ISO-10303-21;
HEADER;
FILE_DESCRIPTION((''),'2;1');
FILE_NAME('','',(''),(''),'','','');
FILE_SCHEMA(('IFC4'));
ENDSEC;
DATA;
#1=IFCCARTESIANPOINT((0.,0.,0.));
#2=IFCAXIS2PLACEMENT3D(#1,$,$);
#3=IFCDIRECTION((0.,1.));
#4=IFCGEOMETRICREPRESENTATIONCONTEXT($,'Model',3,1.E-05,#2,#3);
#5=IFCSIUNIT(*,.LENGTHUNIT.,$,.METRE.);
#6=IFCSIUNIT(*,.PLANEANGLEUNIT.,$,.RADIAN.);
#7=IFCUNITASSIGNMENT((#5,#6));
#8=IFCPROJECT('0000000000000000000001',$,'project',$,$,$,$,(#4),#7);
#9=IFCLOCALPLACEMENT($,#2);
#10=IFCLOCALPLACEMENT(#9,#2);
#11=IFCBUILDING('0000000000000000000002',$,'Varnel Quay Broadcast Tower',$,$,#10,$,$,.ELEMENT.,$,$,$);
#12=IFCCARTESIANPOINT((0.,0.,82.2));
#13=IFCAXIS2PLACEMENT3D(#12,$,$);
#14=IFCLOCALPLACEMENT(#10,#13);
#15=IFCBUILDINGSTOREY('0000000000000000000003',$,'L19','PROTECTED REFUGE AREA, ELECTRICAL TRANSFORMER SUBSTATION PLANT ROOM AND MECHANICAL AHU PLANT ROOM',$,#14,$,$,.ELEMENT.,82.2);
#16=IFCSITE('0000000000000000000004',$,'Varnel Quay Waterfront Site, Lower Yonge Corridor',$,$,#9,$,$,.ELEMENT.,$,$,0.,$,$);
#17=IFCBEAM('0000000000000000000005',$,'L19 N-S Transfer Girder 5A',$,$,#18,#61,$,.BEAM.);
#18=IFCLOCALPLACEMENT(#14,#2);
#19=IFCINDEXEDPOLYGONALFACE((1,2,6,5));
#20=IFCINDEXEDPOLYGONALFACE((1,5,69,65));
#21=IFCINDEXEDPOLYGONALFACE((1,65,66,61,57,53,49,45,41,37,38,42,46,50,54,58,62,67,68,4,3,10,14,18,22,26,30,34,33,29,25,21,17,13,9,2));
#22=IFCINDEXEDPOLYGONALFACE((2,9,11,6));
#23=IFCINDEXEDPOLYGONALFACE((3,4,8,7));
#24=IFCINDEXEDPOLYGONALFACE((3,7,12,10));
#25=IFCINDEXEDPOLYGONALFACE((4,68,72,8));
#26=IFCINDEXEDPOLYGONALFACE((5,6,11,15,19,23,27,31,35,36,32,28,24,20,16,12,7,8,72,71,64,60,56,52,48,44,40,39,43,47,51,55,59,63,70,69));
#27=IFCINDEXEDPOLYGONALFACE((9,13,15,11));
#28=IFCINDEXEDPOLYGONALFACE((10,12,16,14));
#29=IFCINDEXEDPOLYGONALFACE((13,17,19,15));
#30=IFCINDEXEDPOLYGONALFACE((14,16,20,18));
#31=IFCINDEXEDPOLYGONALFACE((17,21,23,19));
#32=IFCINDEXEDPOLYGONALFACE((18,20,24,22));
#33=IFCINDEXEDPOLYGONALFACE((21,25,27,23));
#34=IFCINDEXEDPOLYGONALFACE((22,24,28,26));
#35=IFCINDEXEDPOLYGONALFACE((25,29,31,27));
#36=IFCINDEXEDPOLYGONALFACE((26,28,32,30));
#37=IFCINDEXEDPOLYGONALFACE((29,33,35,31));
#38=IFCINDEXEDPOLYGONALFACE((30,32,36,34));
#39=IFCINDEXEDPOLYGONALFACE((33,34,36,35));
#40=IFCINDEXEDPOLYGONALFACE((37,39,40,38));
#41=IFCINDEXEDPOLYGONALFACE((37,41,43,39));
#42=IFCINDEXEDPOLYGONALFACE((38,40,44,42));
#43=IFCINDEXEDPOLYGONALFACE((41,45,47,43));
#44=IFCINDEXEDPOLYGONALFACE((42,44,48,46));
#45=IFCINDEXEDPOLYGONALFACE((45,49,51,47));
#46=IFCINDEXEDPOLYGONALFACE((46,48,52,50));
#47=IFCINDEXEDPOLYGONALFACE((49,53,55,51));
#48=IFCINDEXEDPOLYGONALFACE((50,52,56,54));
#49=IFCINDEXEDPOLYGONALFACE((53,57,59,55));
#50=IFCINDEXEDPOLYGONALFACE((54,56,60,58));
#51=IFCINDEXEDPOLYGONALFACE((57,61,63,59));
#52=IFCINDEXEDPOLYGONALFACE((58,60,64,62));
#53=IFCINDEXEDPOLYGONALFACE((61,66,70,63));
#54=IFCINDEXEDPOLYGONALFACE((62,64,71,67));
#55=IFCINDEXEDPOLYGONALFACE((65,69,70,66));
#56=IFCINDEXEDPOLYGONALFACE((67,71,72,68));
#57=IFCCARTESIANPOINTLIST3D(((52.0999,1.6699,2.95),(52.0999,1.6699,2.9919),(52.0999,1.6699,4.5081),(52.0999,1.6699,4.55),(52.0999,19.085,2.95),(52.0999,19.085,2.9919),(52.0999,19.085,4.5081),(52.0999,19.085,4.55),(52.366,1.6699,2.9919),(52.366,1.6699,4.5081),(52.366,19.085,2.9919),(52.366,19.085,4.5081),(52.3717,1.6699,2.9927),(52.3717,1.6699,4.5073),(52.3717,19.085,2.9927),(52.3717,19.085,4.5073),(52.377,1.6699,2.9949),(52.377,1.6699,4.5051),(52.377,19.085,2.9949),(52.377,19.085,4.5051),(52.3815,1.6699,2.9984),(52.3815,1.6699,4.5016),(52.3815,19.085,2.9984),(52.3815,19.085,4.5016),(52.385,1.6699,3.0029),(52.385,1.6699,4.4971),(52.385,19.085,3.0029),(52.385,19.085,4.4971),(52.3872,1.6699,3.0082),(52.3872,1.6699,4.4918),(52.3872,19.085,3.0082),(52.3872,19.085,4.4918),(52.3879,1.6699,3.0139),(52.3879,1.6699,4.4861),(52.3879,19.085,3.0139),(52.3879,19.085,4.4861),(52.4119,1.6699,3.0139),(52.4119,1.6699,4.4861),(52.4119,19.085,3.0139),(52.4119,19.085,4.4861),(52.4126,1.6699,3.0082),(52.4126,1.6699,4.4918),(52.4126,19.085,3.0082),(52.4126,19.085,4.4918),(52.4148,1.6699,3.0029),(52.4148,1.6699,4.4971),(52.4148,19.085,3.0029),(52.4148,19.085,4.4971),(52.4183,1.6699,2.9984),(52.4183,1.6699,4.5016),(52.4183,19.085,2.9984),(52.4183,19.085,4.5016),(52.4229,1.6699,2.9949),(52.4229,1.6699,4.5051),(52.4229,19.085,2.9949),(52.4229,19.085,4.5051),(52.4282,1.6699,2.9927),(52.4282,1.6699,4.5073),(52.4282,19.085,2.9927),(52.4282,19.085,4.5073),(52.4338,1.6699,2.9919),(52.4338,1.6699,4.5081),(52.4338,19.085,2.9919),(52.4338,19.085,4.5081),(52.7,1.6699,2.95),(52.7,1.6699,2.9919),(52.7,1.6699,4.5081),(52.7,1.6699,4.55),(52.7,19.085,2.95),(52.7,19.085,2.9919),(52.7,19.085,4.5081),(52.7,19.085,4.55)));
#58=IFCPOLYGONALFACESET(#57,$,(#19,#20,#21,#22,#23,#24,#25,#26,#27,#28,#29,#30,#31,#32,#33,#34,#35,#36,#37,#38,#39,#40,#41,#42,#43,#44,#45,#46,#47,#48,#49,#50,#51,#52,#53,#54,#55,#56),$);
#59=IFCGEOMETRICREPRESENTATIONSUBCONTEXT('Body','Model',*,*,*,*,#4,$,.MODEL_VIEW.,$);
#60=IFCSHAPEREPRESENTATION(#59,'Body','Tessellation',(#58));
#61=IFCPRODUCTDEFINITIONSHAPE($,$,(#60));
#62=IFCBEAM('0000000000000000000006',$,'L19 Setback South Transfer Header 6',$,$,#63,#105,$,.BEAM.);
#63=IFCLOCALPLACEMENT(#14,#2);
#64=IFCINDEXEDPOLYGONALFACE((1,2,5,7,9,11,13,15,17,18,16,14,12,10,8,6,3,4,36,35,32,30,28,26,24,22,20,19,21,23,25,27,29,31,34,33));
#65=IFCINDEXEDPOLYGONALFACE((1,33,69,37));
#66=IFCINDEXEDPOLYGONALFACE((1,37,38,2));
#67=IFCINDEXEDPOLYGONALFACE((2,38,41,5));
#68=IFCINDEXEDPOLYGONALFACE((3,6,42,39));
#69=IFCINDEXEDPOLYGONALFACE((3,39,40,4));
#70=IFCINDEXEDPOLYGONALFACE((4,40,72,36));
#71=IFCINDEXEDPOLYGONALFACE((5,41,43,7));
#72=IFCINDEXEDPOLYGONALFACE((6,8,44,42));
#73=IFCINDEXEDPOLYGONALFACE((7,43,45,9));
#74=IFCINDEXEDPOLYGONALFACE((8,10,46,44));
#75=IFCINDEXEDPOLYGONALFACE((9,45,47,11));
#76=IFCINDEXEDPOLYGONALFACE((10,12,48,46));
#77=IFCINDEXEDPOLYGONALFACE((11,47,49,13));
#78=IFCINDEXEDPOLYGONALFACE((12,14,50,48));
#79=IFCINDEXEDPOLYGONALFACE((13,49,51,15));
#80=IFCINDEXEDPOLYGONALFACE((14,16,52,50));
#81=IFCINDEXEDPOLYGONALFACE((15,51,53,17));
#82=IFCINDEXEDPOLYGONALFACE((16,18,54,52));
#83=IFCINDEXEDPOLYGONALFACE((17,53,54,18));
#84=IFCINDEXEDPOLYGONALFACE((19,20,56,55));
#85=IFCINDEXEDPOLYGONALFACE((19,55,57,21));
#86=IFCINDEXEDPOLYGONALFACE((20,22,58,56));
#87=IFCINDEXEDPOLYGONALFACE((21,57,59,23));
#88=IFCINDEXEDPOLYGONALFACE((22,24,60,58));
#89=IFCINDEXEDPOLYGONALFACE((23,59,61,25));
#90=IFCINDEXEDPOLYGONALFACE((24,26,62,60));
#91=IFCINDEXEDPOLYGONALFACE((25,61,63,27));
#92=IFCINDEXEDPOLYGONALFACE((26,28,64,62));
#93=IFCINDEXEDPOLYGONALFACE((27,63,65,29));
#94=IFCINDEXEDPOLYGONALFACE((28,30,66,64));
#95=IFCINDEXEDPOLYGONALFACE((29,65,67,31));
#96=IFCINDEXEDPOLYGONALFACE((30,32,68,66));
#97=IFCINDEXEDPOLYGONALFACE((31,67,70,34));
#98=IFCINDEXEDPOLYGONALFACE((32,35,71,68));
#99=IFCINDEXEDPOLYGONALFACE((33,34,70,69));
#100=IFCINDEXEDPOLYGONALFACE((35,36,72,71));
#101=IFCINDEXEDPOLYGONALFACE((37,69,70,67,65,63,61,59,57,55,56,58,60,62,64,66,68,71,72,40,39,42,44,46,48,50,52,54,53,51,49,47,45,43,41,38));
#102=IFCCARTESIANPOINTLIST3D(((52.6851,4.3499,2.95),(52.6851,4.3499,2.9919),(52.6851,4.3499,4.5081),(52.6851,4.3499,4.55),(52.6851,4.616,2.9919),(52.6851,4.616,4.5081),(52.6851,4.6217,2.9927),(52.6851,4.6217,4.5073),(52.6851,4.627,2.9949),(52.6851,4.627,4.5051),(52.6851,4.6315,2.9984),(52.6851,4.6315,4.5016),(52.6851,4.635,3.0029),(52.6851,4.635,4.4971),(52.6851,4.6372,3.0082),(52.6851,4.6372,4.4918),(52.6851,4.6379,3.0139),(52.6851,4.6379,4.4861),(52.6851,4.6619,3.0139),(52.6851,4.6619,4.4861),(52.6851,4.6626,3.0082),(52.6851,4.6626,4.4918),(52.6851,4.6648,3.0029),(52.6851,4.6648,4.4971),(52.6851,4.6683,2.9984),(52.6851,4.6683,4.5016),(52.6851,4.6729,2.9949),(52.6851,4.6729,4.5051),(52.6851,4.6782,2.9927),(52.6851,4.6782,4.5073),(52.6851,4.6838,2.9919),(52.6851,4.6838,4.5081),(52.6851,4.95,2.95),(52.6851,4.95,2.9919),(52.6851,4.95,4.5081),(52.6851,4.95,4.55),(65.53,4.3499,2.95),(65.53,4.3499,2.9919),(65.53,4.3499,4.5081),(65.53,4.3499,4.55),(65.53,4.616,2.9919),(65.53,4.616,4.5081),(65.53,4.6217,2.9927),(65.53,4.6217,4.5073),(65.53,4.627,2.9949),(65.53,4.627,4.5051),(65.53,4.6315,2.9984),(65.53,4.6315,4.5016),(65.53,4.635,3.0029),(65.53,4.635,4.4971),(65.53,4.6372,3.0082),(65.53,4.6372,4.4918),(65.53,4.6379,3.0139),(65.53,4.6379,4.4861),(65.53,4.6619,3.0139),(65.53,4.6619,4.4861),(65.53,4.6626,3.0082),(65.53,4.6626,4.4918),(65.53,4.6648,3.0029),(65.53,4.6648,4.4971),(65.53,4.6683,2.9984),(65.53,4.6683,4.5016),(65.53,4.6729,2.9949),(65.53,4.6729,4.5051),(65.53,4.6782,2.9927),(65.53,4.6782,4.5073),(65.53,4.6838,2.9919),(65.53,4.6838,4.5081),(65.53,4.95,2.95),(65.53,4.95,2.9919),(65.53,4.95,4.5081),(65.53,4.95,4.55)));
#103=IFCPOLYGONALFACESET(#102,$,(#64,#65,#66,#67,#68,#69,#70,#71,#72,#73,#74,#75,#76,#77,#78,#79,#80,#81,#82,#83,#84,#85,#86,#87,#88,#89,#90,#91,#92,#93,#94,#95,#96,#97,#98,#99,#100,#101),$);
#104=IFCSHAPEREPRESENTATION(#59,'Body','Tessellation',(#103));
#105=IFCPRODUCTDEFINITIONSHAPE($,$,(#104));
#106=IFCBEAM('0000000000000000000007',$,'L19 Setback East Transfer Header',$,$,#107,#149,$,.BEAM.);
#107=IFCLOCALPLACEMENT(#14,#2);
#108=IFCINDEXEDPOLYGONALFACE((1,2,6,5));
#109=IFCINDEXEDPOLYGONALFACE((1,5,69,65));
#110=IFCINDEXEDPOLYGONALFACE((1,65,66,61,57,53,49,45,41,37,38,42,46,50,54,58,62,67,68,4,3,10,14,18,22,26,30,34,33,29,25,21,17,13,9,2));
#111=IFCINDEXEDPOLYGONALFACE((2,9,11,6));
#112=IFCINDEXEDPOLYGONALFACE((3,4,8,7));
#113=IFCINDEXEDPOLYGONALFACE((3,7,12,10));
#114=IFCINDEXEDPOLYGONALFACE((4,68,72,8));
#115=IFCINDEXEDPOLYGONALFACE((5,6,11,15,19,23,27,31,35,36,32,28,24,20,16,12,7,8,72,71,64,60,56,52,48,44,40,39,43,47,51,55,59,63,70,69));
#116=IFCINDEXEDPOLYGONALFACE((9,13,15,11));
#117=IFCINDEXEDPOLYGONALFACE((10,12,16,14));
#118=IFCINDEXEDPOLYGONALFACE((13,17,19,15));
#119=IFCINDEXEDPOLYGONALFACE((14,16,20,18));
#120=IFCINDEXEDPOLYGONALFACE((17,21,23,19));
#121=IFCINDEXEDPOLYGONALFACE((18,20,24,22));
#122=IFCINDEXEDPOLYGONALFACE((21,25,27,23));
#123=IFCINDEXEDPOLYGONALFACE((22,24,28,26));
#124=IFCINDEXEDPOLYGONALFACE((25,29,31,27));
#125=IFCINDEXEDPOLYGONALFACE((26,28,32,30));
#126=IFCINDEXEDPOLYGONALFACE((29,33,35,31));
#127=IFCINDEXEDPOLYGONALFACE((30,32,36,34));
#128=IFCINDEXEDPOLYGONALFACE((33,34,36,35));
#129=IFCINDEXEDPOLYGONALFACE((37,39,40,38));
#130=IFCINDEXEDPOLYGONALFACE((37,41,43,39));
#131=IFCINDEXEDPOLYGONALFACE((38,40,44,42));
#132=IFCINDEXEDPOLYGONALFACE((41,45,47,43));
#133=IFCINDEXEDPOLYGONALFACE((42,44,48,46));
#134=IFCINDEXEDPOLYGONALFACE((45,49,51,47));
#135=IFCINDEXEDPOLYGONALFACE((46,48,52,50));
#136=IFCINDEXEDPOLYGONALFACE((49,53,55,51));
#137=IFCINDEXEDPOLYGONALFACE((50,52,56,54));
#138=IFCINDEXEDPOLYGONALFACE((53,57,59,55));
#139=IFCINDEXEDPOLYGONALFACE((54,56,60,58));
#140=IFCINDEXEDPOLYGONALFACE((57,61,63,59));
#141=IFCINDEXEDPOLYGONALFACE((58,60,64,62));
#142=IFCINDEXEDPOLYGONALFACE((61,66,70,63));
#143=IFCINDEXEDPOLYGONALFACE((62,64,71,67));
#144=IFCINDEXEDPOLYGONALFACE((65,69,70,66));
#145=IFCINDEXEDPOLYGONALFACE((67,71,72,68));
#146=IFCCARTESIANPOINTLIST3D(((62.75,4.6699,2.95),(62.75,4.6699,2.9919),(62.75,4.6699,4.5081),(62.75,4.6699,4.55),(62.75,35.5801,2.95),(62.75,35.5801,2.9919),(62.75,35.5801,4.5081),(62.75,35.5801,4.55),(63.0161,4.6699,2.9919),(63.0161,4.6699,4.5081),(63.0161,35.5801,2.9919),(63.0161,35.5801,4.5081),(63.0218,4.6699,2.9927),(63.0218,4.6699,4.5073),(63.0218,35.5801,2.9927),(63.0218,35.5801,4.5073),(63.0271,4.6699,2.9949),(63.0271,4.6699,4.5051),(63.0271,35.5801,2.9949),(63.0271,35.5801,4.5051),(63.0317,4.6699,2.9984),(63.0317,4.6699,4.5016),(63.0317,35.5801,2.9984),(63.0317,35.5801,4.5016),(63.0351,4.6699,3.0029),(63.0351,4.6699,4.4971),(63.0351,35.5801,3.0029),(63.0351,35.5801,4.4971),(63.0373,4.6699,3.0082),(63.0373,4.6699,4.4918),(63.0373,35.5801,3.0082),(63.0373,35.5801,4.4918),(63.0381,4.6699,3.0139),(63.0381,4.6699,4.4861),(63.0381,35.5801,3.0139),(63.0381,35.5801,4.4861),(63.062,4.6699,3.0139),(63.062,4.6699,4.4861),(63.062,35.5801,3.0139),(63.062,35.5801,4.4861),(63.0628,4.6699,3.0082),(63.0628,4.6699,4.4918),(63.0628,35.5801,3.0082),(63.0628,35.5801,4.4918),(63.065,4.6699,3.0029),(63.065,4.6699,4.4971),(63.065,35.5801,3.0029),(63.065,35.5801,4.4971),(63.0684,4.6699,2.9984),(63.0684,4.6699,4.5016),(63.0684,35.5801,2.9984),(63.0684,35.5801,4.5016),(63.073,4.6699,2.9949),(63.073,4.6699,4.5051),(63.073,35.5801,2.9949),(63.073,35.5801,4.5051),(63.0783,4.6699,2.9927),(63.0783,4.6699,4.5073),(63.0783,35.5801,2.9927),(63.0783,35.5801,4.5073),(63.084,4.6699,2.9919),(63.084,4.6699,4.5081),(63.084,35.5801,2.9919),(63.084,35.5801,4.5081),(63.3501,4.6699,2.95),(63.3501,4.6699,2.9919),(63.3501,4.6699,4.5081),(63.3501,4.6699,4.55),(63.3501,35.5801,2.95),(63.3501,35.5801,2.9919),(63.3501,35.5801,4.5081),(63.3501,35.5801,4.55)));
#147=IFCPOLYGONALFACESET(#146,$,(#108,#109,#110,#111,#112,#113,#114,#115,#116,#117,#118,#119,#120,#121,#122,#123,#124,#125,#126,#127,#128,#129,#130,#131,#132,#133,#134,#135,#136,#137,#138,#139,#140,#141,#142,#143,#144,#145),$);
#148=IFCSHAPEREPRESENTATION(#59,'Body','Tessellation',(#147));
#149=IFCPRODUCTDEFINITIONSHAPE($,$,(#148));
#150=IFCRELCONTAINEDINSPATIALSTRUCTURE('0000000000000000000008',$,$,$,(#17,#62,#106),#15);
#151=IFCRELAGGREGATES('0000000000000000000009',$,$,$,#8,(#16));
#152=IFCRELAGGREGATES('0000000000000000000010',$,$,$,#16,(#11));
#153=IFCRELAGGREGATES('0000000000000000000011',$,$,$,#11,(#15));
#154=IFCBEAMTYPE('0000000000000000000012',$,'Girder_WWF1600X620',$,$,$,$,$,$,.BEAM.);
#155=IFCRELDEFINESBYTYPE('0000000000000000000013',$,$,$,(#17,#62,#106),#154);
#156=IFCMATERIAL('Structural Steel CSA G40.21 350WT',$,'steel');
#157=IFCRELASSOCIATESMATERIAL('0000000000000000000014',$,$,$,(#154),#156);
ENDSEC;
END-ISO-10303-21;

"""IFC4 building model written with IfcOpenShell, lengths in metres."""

from ifc_helpers import new_model, si_unit, direction, frame, origin, origin_2d, place, context, subcontext, project, spatial, i_section, extrude, source, transform, mapped, material, material_profile, profile_set, type_object, type_shapes, element, save


model = new_model("IFC4")

# Units and contexts
model_context = context("Model", 3, precision=1e-05, world=origin(), true_north=direction((0.0, 1.0)))
body_context = subcontext(model_context, "Body", "Model", "MODEL_VIEW")
ifc_project = project(units=[si_unit("LENGTHUNIT", "METRE"), si_unit("PLANEANGLEUNIT", "RADIAN")], contexts=[model_context])

# Site, building, storey
site_placement = place(None, origin())
site = spatial("IfcSite", under=ifc_project, at=site_placement, Name="Varnel Quay Waterfront Site, Lower Yonge Corridor", CompositionType="ELEMENT", RefElevation=0.0)
building_placement = place(site_placement, origin())
building = spatial("IfcBuilding", under=site, at=building_placement, Name="Varnel Quay Broadcast Tower", CompositionType="ELEMENT")
storey_placement = place(building_placement, frame((0.0, 0.0, 82.2)))
storey = spatial("IfcBuildingStorey", under=building, at=storey_placement, Name="L19", Description="PROTECTED REFUGE AREA, ELECTRICAL TRANSFORMER SUBSTATION PLANT ROOM AND MECHANICAL AHU PLANT ROOM", CompositionType="ELEMENT", Elevation=82.2)

# Shared definitions
ifc_material_1 = material(Name="Structural Steel CSA G40.21 350WT", Category="steel")

# Beams
ifc_material_profile_1 = material_profile(ifc_material_1, i_section(OverallWidth=0.6001, OverallDepth=1.6001, WebThickness=0.0239, FlangeThickness=0.042, FilletRadius=0.022, at=origin_2d()), Name="WWF1600X620")
ifc_profile_set_1 = profile_set([ifc_material_profile_1], Name="Structural Steel CSA G40.21 350WT")
beam_type_1 = type_object("IfcBeamType", Name="Girder_WWF1600X620", PredefinedType="BEAM", material=ifc_profile_set_1)
shared_shape_1 = source(origin(), body_context, "Body", "SweptSolid", [
    extrude(i_section(OverallWidth=0.6001, OverallDepth=1.6001, WebThickness=0.0239, FlangeThickness=0.042, FilletRadius=0.022, at=origin_2d()), origin(), (0.0, 0.0, 1.0), 17.415),
])
beam_1_placement = place(storey_placement, frame((52.3999, 1.6699, 3.75), z_axis=(0.0, 1.0, 0.0), x_axis=(-1.0, 0.0, 0.0)))
element("IfcBeam", 1, at=beam_1_placement, inside=storey, type_object=beam_type_1, Name="L19 N-S Transfer Girder 5A", PredefinedType="BEAM", context=body_context, shape_type="MappedRepresentation", body=[
    mapped(shared_shape_1, transform((0.0, 0.0, 0.0), x_axis=(1.0, 0.0, 0.0), y_axis=(0.0, 1.0, 0.0), z_axis=(0.0, 0.0, 1.0), scale=1.0)),
])
shared_shape_2 = source(origin(), body_context, "Body", "SweptSolid", [
    extrude(i_section(OverallWidth=0.6001, OverallDepth=1.6001, WebThickness=0.0239, FlangeThickness=0.042, FilletRadius=0.022, at=origin_2d()), origin(), (0.0, 0.0, 1.0), 12.845),
])
beam_2_placement = place(storey_placement, frame((52.6851, 4.6499, 3.75), z_axis=(1.0, 0.0, 0.0), x_axis=(0.0, 1.0, 0.0)))
element("IfcBeam", 2, at=beam_2_placement, inside=storey, type_object=beam_type_1, Name="L19 Setback South Transfer Header 6", PredefinedType="BEAM", context=body_context, shape_type="MappedRepresentation", body=[
    mapped(shared_shape_2, transform((0.0, 0.0, 0.0), x_axis=(1.0, 0.0, 0.0), y_axis=(0.0, 1.0, 0.0), z_axis=(0.0, 0.0, 1.0), scale=1.0)),
])
shared_shape_3 = source(origin(), body_context, "Body", "SweptSolid", [
    extrude(i_section(OverallWidth=0.6001, OverallDepth=1.6001, WebThickness=0.0239, FlangeThickness=0.042, FilletRadius=0.022, at=origin_2d()), origin(), (0.0, 0.0, 1.0), 30.9102),
])
type_shapes(beam_type_1, [shared_shape_1, shared_shape_2, shared_shape_3])
beam_3_placement = place(storey_placement, frame((63.05, 4.6699, 3.75), z_axis=(0.0, 1.0, 0.0), x_axis=(-1.0, 0.0, 0.0)))
element("IfcBeam", 3, at=beam_3_placement, inside=storey, type_object=beam_type_1, Name="L19 Setback East Transfer Header", PredefinedType="BEAM", context=body_context, shape_type="MappedRepresentation", body=[
    mapped(shared_shape_3, transform((0.0, 0.0, 0.0), x_axis=(1.0, 0.0, 0.0), y_axis=(0.0, 1.0, 0.0), z_axis=(0.0, 0.0, 1.0), scale=1.0)),
])

save(model, "model.ifc")
